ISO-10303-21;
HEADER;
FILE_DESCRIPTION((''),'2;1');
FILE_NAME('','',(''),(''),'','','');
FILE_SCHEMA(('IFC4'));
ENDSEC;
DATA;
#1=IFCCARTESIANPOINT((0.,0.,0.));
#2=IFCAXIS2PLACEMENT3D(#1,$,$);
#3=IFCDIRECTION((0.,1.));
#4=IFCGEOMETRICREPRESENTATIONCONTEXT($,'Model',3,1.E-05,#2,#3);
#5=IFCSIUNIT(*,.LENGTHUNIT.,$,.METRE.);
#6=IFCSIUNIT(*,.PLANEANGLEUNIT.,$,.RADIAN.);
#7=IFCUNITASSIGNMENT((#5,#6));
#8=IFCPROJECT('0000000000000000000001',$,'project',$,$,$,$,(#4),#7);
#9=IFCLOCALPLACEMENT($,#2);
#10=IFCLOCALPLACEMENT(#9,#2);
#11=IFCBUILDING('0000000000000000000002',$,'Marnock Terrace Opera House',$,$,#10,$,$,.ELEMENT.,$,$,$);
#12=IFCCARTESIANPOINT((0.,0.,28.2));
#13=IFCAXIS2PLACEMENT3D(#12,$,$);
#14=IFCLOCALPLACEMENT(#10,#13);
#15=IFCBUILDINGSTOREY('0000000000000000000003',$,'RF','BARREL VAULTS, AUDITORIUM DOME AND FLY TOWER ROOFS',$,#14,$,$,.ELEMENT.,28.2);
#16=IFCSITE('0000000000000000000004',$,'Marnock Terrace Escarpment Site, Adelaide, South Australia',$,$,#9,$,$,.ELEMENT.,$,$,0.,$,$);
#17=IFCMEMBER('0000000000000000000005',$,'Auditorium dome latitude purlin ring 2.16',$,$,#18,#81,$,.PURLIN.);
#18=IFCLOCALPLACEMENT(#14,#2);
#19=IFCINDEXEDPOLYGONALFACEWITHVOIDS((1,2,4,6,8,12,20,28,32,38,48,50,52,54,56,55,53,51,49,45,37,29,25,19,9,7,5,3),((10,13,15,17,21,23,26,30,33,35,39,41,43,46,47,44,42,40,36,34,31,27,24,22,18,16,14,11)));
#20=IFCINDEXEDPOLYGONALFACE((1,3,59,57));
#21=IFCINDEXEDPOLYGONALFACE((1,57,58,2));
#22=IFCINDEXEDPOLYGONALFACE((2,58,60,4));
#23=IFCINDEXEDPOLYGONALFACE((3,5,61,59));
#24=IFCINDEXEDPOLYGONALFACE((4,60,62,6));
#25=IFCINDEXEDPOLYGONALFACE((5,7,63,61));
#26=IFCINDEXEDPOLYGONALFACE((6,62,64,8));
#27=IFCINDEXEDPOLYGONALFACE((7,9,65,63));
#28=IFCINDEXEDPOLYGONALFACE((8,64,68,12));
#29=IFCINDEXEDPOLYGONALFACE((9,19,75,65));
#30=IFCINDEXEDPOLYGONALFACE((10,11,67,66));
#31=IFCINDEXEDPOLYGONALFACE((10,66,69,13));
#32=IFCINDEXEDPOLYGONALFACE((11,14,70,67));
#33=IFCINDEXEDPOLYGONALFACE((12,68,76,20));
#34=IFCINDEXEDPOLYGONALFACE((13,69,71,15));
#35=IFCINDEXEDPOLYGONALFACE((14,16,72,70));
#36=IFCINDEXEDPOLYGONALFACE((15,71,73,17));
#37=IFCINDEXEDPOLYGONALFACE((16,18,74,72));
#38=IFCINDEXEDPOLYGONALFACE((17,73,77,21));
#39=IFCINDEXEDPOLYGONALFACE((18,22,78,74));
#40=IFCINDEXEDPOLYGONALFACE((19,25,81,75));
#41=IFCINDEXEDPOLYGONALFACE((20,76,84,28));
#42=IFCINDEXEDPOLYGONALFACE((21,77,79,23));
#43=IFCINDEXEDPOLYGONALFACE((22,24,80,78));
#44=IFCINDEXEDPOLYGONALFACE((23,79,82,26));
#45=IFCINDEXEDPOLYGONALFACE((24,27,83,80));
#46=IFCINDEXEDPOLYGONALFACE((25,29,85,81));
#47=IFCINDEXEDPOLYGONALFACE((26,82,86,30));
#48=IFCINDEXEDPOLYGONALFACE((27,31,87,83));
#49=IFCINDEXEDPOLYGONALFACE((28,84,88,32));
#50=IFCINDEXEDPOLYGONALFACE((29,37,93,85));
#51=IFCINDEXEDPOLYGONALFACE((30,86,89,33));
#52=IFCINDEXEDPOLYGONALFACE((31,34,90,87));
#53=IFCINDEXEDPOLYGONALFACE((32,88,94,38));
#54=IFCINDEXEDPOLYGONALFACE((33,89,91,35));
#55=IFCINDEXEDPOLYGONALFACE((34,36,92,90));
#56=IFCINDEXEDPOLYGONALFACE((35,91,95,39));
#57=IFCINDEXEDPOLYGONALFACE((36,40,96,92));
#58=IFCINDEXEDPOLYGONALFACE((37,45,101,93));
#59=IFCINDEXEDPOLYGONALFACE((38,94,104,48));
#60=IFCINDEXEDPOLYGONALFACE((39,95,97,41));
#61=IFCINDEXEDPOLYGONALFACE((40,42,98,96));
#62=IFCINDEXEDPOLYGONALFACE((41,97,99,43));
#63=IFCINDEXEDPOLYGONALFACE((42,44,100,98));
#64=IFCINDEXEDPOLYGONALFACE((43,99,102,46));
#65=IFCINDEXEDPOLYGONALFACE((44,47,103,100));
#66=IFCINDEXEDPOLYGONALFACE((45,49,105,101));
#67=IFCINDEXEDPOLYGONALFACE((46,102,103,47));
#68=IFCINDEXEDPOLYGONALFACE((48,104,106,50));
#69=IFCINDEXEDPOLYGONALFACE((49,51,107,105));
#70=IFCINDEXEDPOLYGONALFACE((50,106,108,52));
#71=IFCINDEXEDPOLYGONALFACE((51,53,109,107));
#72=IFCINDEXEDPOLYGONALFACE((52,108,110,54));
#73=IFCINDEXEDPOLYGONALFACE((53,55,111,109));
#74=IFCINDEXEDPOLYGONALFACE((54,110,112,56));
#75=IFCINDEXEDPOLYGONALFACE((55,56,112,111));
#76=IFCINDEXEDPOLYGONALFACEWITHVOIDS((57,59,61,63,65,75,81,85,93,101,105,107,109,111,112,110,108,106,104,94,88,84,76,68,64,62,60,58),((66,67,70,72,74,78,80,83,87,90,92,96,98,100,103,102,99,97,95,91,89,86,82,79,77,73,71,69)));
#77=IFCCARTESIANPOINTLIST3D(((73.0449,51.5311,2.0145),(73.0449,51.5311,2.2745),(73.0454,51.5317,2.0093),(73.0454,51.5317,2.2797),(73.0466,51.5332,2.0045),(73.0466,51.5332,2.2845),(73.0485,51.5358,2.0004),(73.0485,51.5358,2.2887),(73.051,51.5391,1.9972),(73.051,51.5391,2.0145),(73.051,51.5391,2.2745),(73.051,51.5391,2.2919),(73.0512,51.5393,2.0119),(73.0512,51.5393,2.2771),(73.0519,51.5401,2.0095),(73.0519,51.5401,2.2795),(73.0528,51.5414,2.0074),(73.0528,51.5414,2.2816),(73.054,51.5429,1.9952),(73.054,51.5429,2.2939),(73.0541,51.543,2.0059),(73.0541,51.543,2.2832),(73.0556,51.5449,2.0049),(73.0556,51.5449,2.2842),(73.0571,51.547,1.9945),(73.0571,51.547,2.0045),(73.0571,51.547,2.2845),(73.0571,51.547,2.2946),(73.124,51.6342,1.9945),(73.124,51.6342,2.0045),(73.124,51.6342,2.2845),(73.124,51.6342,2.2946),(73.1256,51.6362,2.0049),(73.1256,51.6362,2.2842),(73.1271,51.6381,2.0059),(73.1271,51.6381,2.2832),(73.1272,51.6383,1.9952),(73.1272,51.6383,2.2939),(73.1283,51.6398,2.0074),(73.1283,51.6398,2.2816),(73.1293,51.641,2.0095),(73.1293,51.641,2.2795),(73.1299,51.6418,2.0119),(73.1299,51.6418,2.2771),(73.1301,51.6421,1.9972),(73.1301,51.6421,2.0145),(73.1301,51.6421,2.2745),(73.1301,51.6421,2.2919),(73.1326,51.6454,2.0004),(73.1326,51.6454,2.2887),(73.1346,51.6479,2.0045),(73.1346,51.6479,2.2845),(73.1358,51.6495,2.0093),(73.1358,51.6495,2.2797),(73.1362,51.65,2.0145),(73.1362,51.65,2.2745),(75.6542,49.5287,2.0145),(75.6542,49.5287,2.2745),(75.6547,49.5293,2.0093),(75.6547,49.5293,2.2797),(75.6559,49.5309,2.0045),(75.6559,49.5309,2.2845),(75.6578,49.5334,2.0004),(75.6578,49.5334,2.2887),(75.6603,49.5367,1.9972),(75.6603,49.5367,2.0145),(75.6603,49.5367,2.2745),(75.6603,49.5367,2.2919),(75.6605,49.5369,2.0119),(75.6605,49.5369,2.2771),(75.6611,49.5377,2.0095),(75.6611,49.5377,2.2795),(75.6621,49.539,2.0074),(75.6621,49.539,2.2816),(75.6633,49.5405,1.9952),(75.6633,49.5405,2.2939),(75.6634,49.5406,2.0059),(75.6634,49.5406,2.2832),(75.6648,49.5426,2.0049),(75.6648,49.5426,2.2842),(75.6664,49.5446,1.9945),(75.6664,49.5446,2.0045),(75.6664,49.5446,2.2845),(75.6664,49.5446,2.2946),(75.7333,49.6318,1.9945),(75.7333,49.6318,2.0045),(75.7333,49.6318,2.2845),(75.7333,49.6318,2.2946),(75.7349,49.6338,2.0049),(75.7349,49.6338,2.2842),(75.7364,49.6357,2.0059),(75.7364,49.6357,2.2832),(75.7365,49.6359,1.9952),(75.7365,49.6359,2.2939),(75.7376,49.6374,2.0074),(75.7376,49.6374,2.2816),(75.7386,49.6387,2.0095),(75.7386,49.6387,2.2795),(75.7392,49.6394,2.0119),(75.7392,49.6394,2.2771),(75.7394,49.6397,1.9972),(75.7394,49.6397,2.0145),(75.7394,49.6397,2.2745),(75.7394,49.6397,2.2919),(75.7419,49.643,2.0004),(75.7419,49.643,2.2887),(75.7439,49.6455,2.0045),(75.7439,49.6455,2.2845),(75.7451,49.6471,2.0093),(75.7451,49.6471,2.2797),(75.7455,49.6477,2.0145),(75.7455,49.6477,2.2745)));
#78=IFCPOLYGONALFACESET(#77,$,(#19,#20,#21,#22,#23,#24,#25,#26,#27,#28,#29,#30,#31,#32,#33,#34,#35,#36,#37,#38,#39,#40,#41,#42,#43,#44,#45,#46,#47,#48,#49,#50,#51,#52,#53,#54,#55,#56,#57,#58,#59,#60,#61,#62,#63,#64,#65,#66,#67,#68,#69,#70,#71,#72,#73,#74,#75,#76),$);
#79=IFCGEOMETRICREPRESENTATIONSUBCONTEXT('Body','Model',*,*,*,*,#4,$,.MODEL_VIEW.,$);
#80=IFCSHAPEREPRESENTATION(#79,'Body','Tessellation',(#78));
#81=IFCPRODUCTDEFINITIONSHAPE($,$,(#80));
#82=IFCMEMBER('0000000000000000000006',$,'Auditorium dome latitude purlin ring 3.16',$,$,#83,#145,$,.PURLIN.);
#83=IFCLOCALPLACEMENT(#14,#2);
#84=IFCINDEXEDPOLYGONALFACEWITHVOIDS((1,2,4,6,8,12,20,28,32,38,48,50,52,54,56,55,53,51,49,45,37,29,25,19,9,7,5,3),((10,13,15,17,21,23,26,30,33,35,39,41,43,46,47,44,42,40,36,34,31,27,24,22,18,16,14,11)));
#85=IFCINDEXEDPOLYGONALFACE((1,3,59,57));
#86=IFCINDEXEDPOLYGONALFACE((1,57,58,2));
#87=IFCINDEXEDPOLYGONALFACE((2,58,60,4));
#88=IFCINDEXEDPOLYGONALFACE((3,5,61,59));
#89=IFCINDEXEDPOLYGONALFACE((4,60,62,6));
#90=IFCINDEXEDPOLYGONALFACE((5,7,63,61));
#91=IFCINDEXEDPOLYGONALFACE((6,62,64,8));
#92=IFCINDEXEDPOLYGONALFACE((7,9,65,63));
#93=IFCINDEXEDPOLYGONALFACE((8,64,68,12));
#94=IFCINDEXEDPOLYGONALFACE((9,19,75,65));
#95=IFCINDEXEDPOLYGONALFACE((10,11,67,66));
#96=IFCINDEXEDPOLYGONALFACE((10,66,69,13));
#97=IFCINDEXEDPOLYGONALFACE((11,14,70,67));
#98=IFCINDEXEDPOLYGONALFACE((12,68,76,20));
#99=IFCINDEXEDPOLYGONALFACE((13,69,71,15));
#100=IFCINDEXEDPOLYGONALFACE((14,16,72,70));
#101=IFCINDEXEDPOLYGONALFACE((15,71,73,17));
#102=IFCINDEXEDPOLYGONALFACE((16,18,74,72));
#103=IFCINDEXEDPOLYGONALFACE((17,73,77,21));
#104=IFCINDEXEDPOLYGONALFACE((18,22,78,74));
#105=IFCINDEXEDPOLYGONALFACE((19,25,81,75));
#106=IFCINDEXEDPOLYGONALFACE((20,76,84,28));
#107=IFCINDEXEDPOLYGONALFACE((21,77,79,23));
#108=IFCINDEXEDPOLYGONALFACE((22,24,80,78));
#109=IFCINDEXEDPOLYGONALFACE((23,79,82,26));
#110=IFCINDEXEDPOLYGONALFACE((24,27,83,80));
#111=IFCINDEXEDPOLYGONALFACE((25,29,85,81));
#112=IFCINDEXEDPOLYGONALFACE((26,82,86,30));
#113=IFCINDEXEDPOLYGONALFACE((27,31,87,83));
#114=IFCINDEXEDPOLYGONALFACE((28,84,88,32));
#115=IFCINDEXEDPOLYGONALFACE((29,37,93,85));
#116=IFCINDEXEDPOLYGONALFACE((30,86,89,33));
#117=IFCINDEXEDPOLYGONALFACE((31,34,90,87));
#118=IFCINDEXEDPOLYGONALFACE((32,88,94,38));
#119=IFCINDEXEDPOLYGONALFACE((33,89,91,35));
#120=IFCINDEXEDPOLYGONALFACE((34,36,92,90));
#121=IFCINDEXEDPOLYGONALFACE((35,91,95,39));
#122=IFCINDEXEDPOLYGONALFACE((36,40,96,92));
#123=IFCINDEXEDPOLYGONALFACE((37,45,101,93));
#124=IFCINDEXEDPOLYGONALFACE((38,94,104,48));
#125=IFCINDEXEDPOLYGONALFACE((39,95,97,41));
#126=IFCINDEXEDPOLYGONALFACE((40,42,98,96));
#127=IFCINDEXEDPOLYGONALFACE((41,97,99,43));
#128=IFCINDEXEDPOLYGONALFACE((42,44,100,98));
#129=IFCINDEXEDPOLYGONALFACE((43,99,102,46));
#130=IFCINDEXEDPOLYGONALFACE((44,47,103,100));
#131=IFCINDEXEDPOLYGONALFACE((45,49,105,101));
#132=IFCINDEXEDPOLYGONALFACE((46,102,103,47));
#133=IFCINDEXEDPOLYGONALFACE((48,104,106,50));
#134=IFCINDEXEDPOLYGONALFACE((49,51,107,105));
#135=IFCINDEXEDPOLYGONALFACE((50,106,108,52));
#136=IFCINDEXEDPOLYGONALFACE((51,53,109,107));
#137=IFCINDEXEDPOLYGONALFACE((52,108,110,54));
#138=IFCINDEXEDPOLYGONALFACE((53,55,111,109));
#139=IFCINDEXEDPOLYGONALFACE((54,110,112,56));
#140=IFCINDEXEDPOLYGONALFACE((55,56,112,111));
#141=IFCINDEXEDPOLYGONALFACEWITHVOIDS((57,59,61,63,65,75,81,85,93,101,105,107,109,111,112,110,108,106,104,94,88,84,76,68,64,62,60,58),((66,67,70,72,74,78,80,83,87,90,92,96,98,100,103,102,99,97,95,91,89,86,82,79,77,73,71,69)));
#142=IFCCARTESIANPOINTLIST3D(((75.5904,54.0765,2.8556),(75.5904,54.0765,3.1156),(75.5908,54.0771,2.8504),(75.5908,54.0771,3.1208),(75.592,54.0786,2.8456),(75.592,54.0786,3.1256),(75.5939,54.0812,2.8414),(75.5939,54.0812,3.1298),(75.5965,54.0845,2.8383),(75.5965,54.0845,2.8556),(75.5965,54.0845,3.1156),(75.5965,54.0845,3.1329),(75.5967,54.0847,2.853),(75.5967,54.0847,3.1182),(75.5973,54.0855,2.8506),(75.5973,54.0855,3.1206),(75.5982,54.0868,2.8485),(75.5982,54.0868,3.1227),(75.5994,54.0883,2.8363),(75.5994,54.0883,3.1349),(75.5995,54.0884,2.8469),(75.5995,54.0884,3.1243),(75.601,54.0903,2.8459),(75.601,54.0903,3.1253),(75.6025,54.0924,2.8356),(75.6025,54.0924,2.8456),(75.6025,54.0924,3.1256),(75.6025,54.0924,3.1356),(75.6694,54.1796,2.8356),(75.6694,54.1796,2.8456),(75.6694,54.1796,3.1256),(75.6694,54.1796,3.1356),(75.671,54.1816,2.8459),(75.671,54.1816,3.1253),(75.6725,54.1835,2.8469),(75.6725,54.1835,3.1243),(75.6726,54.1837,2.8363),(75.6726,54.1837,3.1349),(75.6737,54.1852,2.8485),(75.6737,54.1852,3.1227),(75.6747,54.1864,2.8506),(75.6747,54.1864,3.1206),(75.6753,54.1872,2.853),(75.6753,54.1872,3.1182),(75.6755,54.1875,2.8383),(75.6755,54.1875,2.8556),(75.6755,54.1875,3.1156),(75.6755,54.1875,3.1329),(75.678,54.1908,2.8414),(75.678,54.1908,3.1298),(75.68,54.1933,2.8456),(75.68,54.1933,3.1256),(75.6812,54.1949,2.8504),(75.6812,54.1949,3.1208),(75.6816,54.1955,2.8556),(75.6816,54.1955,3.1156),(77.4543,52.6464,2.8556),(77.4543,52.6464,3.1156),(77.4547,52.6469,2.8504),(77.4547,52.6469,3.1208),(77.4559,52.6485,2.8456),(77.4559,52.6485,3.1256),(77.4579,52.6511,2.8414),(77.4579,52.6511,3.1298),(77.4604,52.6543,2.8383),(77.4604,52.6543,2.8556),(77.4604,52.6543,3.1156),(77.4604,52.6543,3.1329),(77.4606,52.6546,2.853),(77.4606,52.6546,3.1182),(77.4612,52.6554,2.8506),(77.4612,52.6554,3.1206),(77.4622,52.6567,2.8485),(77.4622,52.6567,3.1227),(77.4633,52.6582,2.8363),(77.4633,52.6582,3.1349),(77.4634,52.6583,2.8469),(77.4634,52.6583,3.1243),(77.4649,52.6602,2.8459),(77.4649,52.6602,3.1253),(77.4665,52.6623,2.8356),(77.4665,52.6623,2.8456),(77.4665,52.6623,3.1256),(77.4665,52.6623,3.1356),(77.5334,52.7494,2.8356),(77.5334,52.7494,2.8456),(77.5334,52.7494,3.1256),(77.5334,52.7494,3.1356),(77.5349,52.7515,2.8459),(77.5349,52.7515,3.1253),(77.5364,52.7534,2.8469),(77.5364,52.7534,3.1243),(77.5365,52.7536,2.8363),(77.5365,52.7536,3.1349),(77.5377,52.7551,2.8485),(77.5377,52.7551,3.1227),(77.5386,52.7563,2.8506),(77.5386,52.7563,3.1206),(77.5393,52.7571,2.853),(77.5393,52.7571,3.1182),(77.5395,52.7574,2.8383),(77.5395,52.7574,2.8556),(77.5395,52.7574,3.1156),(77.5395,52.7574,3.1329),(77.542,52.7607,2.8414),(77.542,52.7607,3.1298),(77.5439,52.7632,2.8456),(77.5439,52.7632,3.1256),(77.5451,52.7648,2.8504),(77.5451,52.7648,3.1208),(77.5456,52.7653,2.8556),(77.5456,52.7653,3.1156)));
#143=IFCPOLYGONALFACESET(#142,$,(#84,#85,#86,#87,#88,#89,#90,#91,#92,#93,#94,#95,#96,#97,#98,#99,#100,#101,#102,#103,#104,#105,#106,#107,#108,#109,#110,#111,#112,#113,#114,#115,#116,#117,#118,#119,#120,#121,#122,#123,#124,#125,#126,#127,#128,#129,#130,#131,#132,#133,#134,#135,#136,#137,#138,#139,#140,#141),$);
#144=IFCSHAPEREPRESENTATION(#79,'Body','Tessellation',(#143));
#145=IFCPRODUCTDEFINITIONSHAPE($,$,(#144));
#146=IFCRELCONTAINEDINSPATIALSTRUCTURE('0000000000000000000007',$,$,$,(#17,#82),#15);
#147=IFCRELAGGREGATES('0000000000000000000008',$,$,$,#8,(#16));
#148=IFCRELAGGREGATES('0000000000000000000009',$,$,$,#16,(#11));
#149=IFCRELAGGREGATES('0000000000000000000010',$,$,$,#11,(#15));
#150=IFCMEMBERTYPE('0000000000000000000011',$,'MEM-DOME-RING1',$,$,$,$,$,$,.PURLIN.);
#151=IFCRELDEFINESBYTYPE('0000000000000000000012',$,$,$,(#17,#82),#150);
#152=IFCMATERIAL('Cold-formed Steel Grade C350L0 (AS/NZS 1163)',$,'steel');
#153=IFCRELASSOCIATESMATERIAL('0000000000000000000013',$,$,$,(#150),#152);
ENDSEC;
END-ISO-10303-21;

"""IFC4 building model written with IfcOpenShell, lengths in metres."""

from ifc_helpers import new_model, si_unit, direction, frame, origin, origin_2d, place, context, subcontext, project, spatial, hollow_rectangle, extrude, material, material_profile, profile_set, type_object, element, save


model = new_model("IFC4")

# Units and contexts
model_context = context("Model", 3, precision=1e-05, world=origin(), true_north=direction((0.0, 1.0)))
body_context = subcontext(model_context, "Body", "Model", "MODEL_VIEW")
ifc_project = project(units=[si_unit("LENGTHUNIT", "METRE"), si_unit("PLANEANGLEUNIT", "RADIAN")], contexts=[model_context])

# Site, building, storey
site_placement = place(None, origin())
site = spatial("IfcSite", under=ifc_project, at=site_placement, Name="Marnock Terrace Escarpment Site, Adelaide, South Australia", CompositionType="ELEMENT", RefElevation=0.0)
building_placement = place(site_placement, origin())
building = spatial("IfcBuilding", under=site, at=building_placement, Name="Marnock Terrace Opera House", CompositionType="ELEMENT")
storey_placement = place(building_placement, frame((0.0, 0.0, 28.2)))
storey = spatial("IfcBuildingStorey", under=building, at=storey_placement, Name="RF", Description="BARREL VAULTS, AUDITORIUM DOME AND FLY TOWER ROOFS", CompositionType="ELEMENT", Elevation=28.2)

# Members
ifc_material_1 = material(Name="Cold-formed Steel Grade C350L0 (AS/NZS 1163)", Category="steel")
ifc_material_profile_1 = material_profile(ifc_material_1, hollow_rectangle(XDim=0.1499, YDim=0.3, WallThickness=0.01, InnerFilletRadius=0.01, OuterFilletRadius=0.02, at=origin_2d()))
ifc_profile_set_1 = profile_set([ifc_material_profile_1], Name="Cold-formed Steel Grade C350L0 (AS/NZS 1163)")
member_type_1 = type_object("IfcMemberType", Name="MEM-DOME-RING1", PredefinedType="PURLIN", material=ifc_profile_set_1)
member_1_placement = place(storey_placement, frame((73.0906, 51.5906, 2.1445), z_axis=(0.793324, -0.608799, 0.0), x_axis=(0.608799, 0.793324, 0.0)))
element("IfcMember", 1, at=member_1_placement, inside=storey, type_object=member_type_1, Name="Auditorium dome latitude purlin ring 2.16", PredefinedType="PURLIN", context=body_context, shape_type="SweptSolid", body=[
    extrude(hollow_rectangle(XDim=0.1499, YDim=0.3, WallThickness=0.01, InnerFilletRadius=0.01, OuterFilletRadius=0.02, at=origin_2d()), origin(), (0.0, 0.0, 1.0), 3.2891),
])
member_2_placement = place(storey_placement, frame((75.636, 54.136, 2.9856), z_axis=(0.793381, -0.608726, 0.0), x_axis=(0.608726, 0.793381, 0.0)))
element("IfcMember", 2, at=member_2_placement, inside=storey, type_object=member_type_1, Name="Auditorium dome latitude purlin ring 3.16", PredefinedType="PURLIN", context=body_context, shape_type="SweptSolid", body=[
    extrude(hollow_rectangle(XDim=0.1499, YDim=0.3, WallThickness=0.01, InnerFilletRadius=0.01, OuterFilletRadius=0.02, at=origin_2d()), origin(), (0.0, 0.0, 1.0), 2.3494),
])

save(model, "model.ifc")
